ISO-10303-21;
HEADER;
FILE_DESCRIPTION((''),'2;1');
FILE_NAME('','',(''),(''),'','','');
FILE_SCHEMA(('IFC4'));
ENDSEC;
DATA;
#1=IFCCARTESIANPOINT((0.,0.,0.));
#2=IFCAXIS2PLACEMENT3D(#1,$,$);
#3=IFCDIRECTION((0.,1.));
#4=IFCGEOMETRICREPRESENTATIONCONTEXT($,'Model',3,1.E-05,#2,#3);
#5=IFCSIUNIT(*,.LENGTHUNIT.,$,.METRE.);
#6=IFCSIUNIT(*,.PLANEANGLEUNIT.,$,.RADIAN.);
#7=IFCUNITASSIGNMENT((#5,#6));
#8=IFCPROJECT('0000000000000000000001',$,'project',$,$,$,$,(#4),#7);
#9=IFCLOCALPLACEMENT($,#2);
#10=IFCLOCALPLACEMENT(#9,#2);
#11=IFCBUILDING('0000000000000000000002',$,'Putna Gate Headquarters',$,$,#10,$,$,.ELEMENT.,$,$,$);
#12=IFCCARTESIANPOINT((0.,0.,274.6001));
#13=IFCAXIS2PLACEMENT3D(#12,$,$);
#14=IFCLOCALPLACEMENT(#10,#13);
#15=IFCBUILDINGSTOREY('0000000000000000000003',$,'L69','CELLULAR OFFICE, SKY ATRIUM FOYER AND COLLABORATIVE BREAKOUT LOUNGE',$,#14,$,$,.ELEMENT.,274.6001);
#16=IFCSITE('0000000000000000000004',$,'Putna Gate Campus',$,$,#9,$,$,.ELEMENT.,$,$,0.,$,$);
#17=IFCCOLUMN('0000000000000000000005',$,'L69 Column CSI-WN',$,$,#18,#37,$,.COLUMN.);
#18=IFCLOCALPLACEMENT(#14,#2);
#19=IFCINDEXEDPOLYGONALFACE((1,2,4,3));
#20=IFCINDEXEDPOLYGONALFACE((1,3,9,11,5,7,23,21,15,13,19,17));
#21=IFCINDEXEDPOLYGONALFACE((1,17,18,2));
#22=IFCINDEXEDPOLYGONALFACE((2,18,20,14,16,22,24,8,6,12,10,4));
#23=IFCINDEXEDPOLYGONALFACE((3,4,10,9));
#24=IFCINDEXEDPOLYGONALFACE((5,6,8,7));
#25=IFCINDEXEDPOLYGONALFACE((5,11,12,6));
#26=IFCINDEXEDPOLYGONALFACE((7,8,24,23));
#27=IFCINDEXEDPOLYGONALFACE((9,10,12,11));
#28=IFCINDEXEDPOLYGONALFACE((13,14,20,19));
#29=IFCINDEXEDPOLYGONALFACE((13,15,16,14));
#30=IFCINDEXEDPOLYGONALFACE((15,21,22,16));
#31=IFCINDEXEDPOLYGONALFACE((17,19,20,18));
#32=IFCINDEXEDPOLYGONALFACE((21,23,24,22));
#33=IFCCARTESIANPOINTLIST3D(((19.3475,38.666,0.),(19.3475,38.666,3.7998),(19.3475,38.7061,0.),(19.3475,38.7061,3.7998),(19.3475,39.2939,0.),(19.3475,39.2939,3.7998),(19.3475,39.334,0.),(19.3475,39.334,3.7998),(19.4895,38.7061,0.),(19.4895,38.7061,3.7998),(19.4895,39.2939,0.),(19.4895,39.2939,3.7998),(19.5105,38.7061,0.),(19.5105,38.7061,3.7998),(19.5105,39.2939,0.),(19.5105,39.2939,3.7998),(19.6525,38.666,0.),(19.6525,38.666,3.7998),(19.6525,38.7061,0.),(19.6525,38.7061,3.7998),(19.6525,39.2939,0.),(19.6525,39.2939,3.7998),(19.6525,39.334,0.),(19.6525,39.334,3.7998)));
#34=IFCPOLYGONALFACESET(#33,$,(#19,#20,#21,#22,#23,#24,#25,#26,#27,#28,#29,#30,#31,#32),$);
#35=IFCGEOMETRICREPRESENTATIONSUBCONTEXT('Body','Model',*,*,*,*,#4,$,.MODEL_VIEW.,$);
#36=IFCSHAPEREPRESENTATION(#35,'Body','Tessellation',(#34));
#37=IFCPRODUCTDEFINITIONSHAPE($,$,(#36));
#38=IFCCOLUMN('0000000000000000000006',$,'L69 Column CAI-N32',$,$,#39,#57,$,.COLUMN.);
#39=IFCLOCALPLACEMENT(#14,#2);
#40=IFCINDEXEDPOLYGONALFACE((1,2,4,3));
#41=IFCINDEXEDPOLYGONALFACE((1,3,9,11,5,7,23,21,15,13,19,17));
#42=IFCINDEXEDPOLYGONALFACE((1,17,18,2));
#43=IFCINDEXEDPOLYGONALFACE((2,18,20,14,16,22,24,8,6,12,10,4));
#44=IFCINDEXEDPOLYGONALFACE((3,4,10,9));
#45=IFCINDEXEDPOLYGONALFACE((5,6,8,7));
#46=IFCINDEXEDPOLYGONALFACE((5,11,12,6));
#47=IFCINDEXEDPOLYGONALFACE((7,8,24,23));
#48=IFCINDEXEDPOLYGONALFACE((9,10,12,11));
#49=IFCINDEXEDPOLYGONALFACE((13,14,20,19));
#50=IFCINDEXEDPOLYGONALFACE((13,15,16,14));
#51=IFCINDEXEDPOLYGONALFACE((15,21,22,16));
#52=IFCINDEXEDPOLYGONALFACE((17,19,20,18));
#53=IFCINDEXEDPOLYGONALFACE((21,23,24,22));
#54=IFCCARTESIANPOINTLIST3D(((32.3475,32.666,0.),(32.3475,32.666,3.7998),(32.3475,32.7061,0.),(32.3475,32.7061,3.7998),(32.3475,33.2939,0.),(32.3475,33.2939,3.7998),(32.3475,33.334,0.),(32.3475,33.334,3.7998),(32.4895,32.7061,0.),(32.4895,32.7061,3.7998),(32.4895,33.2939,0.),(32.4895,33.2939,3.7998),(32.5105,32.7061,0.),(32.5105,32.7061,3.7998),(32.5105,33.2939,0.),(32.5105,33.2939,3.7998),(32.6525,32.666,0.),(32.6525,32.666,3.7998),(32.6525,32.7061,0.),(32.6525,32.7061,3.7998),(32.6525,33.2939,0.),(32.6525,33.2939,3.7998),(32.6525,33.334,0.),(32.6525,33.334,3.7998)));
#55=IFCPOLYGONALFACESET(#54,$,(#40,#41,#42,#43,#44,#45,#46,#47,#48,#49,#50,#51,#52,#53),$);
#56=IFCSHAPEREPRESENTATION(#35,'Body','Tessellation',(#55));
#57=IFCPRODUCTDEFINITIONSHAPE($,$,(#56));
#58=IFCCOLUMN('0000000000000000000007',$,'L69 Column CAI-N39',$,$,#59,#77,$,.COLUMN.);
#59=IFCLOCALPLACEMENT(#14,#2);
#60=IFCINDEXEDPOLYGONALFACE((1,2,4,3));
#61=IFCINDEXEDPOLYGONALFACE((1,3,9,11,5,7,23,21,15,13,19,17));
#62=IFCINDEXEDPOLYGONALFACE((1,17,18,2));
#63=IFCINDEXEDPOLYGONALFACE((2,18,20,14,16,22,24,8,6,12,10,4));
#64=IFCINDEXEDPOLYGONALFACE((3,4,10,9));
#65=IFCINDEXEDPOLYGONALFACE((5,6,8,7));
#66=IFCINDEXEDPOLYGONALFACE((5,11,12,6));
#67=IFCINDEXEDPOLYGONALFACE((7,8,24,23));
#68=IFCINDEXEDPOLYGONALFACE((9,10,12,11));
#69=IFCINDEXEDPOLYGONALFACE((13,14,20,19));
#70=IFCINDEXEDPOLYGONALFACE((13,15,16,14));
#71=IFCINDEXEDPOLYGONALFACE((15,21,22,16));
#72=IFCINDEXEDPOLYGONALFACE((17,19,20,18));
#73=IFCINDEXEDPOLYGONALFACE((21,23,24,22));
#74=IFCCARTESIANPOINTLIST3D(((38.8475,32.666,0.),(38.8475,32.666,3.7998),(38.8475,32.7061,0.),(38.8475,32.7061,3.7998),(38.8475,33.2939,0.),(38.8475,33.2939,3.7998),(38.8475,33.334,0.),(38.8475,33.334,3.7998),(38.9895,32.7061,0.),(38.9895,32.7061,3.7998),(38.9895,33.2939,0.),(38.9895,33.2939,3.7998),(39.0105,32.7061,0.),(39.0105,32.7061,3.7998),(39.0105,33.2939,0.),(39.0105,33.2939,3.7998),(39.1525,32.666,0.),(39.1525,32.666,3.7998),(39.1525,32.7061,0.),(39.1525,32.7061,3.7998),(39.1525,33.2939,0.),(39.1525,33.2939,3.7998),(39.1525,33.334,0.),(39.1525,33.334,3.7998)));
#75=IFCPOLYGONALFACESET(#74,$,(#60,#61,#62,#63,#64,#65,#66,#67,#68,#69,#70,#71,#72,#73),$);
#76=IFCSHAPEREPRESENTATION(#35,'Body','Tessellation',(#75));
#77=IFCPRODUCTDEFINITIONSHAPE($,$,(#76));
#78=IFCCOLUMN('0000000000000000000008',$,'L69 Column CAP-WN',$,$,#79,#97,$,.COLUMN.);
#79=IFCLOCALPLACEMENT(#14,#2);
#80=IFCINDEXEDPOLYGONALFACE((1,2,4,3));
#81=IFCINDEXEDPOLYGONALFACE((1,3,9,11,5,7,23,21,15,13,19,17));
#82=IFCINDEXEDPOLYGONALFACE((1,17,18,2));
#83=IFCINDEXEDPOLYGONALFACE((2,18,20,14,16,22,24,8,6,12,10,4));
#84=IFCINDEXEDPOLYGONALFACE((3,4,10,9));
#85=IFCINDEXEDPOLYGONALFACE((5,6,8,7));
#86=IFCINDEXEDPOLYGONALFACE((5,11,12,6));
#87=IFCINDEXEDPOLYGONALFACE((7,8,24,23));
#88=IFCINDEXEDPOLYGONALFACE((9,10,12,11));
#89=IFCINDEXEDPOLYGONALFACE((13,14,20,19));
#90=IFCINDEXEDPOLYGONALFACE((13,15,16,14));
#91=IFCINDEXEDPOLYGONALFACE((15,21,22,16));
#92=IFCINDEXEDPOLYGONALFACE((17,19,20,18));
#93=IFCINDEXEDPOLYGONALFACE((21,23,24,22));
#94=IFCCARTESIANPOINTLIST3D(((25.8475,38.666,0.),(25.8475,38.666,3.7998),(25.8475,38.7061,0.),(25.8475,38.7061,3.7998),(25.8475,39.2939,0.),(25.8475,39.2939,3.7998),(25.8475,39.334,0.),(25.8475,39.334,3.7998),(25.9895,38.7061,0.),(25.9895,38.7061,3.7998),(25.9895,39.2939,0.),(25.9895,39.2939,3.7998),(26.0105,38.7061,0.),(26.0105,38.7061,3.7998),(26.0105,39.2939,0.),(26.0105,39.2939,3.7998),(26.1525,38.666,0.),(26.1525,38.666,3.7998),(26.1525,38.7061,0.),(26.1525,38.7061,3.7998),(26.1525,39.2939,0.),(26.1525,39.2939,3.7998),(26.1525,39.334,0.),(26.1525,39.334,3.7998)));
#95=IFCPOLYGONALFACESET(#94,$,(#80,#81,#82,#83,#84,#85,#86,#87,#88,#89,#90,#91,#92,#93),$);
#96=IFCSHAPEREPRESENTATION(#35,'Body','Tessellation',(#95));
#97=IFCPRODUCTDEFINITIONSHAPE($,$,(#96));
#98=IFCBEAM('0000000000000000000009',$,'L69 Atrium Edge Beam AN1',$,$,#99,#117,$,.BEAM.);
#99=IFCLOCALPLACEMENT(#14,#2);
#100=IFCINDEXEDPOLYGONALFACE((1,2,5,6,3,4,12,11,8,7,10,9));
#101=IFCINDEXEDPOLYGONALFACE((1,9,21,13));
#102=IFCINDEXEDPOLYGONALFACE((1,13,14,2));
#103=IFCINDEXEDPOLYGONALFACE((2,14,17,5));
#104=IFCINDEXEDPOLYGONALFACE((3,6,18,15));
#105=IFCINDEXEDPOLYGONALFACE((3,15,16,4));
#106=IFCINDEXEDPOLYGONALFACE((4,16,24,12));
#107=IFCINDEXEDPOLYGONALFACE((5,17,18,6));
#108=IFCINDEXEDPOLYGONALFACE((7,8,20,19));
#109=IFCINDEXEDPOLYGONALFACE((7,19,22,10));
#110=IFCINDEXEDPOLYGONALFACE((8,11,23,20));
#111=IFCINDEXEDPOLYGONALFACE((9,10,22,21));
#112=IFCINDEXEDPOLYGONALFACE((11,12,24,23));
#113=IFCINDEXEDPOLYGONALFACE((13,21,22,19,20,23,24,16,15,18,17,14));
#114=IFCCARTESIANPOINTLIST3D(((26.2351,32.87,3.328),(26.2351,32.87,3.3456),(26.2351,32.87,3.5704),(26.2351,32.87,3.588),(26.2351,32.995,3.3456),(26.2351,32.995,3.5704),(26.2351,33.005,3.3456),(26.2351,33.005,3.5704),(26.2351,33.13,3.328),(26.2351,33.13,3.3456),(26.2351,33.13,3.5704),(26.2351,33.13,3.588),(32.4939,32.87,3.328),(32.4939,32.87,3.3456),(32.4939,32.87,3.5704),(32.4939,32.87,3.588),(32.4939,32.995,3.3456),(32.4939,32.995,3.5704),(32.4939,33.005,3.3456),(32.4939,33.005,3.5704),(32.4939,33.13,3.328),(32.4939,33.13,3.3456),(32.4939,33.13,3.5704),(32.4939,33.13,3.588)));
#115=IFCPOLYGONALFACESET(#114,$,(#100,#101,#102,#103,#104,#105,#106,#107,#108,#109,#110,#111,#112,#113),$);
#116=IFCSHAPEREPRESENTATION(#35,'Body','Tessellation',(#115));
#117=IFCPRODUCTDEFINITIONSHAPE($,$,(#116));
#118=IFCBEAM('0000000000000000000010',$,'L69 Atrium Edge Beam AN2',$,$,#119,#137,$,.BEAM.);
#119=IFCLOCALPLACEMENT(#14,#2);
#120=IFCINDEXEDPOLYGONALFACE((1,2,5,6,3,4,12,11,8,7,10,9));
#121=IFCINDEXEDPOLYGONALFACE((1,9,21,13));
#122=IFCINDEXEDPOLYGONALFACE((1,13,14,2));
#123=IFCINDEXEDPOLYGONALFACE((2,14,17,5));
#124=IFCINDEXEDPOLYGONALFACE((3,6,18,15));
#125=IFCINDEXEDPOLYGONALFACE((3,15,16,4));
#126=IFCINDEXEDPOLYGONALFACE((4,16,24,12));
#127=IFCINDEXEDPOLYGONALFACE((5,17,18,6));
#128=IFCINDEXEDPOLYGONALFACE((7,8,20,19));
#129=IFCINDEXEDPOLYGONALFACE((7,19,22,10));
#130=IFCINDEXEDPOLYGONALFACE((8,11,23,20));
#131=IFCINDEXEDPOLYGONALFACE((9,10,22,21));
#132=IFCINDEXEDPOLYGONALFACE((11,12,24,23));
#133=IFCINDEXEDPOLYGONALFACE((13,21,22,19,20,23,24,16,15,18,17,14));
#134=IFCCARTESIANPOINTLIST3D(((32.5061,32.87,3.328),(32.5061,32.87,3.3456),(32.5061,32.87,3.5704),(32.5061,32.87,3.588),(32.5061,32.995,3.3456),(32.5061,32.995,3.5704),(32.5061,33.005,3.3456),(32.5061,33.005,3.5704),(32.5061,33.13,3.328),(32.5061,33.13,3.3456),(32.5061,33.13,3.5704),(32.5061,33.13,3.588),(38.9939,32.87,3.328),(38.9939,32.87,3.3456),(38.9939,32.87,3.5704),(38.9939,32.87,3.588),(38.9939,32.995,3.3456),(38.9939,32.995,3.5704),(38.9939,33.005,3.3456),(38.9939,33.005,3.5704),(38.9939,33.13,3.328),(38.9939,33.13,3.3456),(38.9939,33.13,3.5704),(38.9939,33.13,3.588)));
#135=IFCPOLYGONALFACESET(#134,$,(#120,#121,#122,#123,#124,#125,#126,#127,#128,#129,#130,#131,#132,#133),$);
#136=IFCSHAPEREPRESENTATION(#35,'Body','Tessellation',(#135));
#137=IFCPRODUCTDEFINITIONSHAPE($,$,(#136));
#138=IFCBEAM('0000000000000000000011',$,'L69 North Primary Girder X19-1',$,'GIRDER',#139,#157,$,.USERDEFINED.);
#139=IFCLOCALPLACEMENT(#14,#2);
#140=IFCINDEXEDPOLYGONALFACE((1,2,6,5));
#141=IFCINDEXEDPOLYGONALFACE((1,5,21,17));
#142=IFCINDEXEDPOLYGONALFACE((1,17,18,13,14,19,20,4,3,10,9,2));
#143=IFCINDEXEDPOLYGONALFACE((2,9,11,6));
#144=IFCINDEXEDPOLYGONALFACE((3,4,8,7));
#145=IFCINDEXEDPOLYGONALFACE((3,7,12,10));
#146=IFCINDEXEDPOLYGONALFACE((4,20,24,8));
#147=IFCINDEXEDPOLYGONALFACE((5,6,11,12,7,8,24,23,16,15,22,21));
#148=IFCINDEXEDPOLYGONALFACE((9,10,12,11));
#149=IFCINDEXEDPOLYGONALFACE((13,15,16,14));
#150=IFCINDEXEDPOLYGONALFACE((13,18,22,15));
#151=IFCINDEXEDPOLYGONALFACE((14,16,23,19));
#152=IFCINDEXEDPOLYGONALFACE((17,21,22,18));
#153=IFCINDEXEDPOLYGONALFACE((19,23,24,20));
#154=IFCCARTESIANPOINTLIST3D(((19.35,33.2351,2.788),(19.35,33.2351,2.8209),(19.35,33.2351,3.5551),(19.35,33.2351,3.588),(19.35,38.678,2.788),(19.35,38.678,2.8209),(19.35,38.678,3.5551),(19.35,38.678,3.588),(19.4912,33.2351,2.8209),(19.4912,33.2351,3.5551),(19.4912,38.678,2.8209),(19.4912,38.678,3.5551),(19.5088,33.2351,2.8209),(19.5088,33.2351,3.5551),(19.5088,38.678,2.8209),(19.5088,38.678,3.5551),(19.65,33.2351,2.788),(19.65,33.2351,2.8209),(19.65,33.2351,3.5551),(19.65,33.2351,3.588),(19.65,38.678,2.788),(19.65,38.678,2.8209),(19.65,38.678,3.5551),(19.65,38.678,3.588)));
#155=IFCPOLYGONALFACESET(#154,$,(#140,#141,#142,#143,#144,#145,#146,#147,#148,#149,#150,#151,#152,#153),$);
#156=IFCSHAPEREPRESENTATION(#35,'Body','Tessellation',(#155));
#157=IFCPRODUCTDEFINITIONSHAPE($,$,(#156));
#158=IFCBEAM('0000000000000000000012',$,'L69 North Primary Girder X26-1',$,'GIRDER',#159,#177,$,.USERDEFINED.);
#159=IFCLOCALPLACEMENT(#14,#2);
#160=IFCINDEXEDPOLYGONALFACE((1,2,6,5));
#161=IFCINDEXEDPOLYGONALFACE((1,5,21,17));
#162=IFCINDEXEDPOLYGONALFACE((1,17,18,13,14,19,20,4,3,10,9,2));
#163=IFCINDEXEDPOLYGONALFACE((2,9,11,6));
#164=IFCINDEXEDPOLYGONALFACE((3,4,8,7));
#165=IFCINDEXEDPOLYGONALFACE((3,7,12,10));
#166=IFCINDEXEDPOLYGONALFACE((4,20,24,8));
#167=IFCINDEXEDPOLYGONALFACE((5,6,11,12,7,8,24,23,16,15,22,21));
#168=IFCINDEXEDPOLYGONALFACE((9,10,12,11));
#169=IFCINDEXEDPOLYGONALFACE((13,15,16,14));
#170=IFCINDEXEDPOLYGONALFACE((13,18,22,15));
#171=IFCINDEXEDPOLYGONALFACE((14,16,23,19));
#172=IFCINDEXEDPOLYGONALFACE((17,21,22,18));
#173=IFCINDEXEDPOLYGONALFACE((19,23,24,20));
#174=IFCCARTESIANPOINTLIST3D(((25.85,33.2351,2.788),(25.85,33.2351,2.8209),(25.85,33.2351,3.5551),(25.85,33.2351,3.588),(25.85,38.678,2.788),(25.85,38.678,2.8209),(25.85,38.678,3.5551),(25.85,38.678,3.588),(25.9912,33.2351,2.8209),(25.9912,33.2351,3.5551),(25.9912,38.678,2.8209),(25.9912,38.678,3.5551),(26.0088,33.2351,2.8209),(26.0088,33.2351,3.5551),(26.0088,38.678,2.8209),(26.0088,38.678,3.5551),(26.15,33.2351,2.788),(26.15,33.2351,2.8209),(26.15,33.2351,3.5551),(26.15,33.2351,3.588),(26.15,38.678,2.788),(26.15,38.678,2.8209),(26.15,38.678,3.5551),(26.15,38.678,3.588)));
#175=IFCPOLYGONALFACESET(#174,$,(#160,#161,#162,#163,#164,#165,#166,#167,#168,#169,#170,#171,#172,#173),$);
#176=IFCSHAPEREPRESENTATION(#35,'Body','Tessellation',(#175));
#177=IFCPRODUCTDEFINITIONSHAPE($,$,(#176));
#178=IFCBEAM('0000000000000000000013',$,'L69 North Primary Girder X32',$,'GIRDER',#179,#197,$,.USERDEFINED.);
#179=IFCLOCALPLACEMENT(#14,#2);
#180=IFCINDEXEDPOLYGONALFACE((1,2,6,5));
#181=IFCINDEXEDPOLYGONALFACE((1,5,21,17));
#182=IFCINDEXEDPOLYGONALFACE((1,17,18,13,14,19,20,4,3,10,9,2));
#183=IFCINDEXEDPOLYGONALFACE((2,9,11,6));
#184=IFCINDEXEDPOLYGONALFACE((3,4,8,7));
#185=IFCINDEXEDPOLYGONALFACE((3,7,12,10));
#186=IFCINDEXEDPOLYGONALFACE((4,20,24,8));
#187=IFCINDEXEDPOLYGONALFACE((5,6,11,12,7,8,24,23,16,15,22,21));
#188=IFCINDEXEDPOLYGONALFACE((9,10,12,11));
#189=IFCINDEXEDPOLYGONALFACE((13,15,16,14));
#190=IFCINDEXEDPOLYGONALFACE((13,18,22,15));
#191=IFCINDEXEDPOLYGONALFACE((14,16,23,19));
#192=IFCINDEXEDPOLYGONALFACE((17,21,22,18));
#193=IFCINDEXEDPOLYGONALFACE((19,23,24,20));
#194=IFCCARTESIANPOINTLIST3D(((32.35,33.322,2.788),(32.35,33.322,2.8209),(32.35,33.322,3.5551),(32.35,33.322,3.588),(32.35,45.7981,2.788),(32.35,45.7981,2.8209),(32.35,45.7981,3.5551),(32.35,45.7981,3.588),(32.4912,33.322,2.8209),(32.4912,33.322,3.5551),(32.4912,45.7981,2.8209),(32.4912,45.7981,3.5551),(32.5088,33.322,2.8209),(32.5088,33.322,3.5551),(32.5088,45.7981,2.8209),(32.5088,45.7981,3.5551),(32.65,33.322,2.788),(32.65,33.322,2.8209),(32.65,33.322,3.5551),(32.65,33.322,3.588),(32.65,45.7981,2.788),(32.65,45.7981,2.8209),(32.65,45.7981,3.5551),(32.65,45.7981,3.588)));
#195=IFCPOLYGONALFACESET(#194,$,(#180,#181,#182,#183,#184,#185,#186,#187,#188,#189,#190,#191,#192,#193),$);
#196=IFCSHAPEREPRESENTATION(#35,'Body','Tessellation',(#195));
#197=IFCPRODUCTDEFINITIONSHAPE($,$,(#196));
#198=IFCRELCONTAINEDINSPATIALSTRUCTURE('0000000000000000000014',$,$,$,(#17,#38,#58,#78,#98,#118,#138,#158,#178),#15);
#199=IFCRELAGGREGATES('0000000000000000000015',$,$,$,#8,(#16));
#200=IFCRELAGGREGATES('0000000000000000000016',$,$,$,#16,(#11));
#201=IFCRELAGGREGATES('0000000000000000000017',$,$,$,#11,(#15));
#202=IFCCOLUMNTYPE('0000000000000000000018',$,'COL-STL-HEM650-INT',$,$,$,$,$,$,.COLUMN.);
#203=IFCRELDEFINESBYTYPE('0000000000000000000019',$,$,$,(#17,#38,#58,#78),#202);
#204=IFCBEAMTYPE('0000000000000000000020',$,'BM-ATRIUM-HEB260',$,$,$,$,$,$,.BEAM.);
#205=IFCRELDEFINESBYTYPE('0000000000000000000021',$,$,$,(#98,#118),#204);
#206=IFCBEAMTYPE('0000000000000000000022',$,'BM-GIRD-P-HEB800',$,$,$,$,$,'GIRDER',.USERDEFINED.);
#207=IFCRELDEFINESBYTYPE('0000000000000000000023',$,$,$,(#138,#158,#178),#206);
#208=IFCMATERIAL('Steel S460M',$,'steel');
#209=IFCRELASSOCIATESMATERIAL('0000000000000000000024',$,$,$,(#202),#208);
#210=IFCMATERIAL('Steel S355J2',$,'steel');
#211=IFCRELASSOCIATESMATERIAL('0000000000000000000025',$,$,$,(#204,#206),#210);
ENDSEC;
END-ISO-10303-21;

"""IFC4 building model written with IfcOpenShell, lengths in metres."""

from ifc_helpers import new_model, si_unit, direction, frame, origin, origin_2d, place, context, subcontext, project, spatial, i_section, extrude, material, material_profile, profile_set, type_object, element, save


model = new_model("IFC4")

# Units and contexts
model_context = context("Model", 3, precision=1e-05, world=origin(), true_north=direction((0.0, 1.0)))
body_context = subcontext(model_context, "Body", "Model", "MODEL_VIEW")
ifc_project = project(units=[si_unit("LENGTHUNIT", "METRE"), si_unit("PLANEANGLEUNIT", "RADIAN")], contexts=[model_context])

# Site, building, storey
site_placement = place(None, origin())
site = spatial("IfcSite", under=ifc_project, at=site_placement, Name="Putna Gate Campus", CompositionType="ELEMENT", RefElevation=0.0)
building_placement = place(site_placement, origin())
building = spatial("IfcBuilding", under=site, at=building_placement, Name="Putna Gate Headquarters", CompositionType="ELEMENT")
storey_placement = place(building_placement, frame((0.0, 0.0, 274.6001)))
storey = spatial("IfcBuildingStorey", under=building, at=storey_placement, Name="L69", Description="CELLULAR OFFICE, SKY ATRIUM FOYER AND COLLABORATIVE BREAKOUT LOUNGE", CompositionType="ELEMENT", Elevation=274.6001)

# Columns
ifc_material_1 = material(Name="Steel S460M", Category="steel")
ifc_material_profile_1 = material_profile(ifc_material_1, i_section(OverallWidth=0.3049, OverallDepth=0.668, WebThickness=0.021, FlangeThickness=0.04, at=origin_2d()), Name="Steel S460M")
ifc_profile_set_1 = profile_set([ifc_material_profile_1], Name="Steel S460M")
column_type = type_object("IfcColumnType", Name="COL-STL-HEM650-INT", PredefinedType="COLUMN", material=ifc_profile_set_1)
for number, where, z_axis, x_axis, name in (
    (1, (19.5, 39.0, 0.0), (0.0, 0.0, 1.0), (1.0, 0.0, 0.0), "L69 Column CSI-WN"),
    (2, (32.5, 33.0, 0.0), (0.0, 0.0, 1.0), (1.0, 0.0, 0.0), "L69 Column CAI-N32"),
    (3, (39.0, 33.0, 0.0), (0.0, 0.0, 1.0), (1.0, 0.0, 0.0), "L69 Column CAI-N39"),
    (4, (26.0, 39.0, 0.0), (0.0, 0.0, 1.0), (1.0, 0.0, 0.0), "L69 Column CAP-WN"),
):
    element("IfcColumn", number, at=place(storey_placement, frame(where, z_axis=z_axis, x_axis=x_axis)), inside=storey, type_object=column_type, Name=name, PredefinedType="COLUMN", context=body_context, shape_type="SweptSolid", body=[
        extrude(i_section(OverallWidth=0.3049, OverallDepth=0.668, WebThickness=0.021, FlangeThickness=0.04, at=origin_2d()), origin(), (0.0, 0.0, 1.0), 3.7998),
    ])

# Beams
ifc_material_2 = material(Name="Steel S355J2", Category="steel")
ifc_material_profile_2 = material_profile(ifc_material_2, i_section(OverallWidth=0.26, OverallDepth=0.26, WebThickness=0.01, FlangeThickness=0.0176, at=origin_2d()), Name="Steel S355J2")
ifc_profile_set_2 = profile_set([ifc_material_profile_2], Name="Steel S355J2")
beam_type_1 = type_object("IfcBeamType", Name="BM-ATRIUM-HEB260", PredefinedType="BEAM", material=ifc_profile_set_2)
beam_1_placement = place(storey_placement, frame((26.2351, 33.0, 3.458), z_axis=(1.0, 0.0, 0.0), x_axis=(0.0, 1.0, 0.0)))
element("IfcBeam", 5, at=beam_1_placement, inside=storey, type_object=beam_type_1, Name="L69 Atrium Edge Beam AN1", PredefinedType="BEAM", context=body_context, shape_type="SweptSolid", body=[
    extrude(i_section(OverallWidth=0.26, OverallDepth=0.26, WebThickness=0.01, FlangeThickness=0.0176, at=origin_2d()), origin(), (0.0, 0.0, 1.0), 6.2588),
])
beam_2_placement = place(storey_placement, frame((32.5061, 33.0, 3.458), z_axis=(1.0, 0.0, 0.0), x_axis=(0.0, 1.0, 0.0)))
element("IfcBeam", 6, at=beam_2_placement, inside=storey, type_object=beam_type_1, Name="L69 Atrium Edge Beam AN2", PredefinedType="BEAM", context=body_context, shape_type="SweptSolid", body=[
    extrude(i_section(OverallWidth=0.26, OverallDepth=0.26, WebThickness=0.01, FlangeThickness=0.0176, at=origin_2d()), origin(), (0.0, 0.0, 1.0), 6.4878),
])
ifc_material_profile_3 = material_profile(ifc_material_2, i_section(OverallWidth=0.3, OverallDepth=0.8, WebThickness=0.0176, FlangeThickness=0.033, at=origin_2d()), Name="Steel S355J2")
ifc_profile_set_3 = profile_set([ifc_material_profile_3], Name="Steel S355J2")
beam_type_2 = type_object("IfcBeamType", Name="BM-GIRD-P-HEB800", ElementType="GIRDER", PredefinedType="USERDEFINED", material=ifc_profile_set_3)
for number, where, z_axis, x_axis, name in (
    (7, (19.5, 33.2351, 3.188), (0.0, 1.0, 0.0), (-1.0, 0.0, 0.0), "L69 North Primary Girder X19-1"),
    (8, (26.0, 33.2351, 3.188), (0.0, 1.0, 0.0), (-1.0, 0.0, 0.0), "L69 North Primary Girder X26-1"),
):
    element("IfcBeam", number, at=place(storey_placement, frame(where, z_axis=z_axis, x_axis=x_axis)), inside=storey, type_object=beam_type_2, Name=name, ObjectType="GIRDER", PredefinedType="USERDEFINED", context=body_context, shape_type="SweptSolid", body=[
        extrude(i_section(OverallWidth=0.3, OverallDepth=0.8, WebThickness=0.0176, FlangeThickness=0.033, at=origin_2d()), origin(), (0.0, 0.0, 1.0), 5.4429),
    ])
for number, where, z_axis, x_axis, name in (
    (9, (32.5, 33.322, 3.188), (0.0, 1.0, 0.0), (-1.0, 0.0, 0.0), "L69 North Primary Girder X32"),
):
    element("IfcBeam", number, at=place(storey_placement, frame(where, z_axis=z_axis, x_axis=x_axis)), inside=storey, type_object=beam_type_2, Name=name, ObjectType="GIRDER", PredefinedType="USERDEFINED", context=body_context, shape_type="SweptSolid", body=[
        extrude(i_section(OverallWidth=0.3, OverallDepth=0.8, WebThickness=0.0176, FlangeThickness=0.033, at=origin_2d()), origin(), (0.0, 0.0, 1.0), 12.4761),
    ])

save(model, "model.ifc")
